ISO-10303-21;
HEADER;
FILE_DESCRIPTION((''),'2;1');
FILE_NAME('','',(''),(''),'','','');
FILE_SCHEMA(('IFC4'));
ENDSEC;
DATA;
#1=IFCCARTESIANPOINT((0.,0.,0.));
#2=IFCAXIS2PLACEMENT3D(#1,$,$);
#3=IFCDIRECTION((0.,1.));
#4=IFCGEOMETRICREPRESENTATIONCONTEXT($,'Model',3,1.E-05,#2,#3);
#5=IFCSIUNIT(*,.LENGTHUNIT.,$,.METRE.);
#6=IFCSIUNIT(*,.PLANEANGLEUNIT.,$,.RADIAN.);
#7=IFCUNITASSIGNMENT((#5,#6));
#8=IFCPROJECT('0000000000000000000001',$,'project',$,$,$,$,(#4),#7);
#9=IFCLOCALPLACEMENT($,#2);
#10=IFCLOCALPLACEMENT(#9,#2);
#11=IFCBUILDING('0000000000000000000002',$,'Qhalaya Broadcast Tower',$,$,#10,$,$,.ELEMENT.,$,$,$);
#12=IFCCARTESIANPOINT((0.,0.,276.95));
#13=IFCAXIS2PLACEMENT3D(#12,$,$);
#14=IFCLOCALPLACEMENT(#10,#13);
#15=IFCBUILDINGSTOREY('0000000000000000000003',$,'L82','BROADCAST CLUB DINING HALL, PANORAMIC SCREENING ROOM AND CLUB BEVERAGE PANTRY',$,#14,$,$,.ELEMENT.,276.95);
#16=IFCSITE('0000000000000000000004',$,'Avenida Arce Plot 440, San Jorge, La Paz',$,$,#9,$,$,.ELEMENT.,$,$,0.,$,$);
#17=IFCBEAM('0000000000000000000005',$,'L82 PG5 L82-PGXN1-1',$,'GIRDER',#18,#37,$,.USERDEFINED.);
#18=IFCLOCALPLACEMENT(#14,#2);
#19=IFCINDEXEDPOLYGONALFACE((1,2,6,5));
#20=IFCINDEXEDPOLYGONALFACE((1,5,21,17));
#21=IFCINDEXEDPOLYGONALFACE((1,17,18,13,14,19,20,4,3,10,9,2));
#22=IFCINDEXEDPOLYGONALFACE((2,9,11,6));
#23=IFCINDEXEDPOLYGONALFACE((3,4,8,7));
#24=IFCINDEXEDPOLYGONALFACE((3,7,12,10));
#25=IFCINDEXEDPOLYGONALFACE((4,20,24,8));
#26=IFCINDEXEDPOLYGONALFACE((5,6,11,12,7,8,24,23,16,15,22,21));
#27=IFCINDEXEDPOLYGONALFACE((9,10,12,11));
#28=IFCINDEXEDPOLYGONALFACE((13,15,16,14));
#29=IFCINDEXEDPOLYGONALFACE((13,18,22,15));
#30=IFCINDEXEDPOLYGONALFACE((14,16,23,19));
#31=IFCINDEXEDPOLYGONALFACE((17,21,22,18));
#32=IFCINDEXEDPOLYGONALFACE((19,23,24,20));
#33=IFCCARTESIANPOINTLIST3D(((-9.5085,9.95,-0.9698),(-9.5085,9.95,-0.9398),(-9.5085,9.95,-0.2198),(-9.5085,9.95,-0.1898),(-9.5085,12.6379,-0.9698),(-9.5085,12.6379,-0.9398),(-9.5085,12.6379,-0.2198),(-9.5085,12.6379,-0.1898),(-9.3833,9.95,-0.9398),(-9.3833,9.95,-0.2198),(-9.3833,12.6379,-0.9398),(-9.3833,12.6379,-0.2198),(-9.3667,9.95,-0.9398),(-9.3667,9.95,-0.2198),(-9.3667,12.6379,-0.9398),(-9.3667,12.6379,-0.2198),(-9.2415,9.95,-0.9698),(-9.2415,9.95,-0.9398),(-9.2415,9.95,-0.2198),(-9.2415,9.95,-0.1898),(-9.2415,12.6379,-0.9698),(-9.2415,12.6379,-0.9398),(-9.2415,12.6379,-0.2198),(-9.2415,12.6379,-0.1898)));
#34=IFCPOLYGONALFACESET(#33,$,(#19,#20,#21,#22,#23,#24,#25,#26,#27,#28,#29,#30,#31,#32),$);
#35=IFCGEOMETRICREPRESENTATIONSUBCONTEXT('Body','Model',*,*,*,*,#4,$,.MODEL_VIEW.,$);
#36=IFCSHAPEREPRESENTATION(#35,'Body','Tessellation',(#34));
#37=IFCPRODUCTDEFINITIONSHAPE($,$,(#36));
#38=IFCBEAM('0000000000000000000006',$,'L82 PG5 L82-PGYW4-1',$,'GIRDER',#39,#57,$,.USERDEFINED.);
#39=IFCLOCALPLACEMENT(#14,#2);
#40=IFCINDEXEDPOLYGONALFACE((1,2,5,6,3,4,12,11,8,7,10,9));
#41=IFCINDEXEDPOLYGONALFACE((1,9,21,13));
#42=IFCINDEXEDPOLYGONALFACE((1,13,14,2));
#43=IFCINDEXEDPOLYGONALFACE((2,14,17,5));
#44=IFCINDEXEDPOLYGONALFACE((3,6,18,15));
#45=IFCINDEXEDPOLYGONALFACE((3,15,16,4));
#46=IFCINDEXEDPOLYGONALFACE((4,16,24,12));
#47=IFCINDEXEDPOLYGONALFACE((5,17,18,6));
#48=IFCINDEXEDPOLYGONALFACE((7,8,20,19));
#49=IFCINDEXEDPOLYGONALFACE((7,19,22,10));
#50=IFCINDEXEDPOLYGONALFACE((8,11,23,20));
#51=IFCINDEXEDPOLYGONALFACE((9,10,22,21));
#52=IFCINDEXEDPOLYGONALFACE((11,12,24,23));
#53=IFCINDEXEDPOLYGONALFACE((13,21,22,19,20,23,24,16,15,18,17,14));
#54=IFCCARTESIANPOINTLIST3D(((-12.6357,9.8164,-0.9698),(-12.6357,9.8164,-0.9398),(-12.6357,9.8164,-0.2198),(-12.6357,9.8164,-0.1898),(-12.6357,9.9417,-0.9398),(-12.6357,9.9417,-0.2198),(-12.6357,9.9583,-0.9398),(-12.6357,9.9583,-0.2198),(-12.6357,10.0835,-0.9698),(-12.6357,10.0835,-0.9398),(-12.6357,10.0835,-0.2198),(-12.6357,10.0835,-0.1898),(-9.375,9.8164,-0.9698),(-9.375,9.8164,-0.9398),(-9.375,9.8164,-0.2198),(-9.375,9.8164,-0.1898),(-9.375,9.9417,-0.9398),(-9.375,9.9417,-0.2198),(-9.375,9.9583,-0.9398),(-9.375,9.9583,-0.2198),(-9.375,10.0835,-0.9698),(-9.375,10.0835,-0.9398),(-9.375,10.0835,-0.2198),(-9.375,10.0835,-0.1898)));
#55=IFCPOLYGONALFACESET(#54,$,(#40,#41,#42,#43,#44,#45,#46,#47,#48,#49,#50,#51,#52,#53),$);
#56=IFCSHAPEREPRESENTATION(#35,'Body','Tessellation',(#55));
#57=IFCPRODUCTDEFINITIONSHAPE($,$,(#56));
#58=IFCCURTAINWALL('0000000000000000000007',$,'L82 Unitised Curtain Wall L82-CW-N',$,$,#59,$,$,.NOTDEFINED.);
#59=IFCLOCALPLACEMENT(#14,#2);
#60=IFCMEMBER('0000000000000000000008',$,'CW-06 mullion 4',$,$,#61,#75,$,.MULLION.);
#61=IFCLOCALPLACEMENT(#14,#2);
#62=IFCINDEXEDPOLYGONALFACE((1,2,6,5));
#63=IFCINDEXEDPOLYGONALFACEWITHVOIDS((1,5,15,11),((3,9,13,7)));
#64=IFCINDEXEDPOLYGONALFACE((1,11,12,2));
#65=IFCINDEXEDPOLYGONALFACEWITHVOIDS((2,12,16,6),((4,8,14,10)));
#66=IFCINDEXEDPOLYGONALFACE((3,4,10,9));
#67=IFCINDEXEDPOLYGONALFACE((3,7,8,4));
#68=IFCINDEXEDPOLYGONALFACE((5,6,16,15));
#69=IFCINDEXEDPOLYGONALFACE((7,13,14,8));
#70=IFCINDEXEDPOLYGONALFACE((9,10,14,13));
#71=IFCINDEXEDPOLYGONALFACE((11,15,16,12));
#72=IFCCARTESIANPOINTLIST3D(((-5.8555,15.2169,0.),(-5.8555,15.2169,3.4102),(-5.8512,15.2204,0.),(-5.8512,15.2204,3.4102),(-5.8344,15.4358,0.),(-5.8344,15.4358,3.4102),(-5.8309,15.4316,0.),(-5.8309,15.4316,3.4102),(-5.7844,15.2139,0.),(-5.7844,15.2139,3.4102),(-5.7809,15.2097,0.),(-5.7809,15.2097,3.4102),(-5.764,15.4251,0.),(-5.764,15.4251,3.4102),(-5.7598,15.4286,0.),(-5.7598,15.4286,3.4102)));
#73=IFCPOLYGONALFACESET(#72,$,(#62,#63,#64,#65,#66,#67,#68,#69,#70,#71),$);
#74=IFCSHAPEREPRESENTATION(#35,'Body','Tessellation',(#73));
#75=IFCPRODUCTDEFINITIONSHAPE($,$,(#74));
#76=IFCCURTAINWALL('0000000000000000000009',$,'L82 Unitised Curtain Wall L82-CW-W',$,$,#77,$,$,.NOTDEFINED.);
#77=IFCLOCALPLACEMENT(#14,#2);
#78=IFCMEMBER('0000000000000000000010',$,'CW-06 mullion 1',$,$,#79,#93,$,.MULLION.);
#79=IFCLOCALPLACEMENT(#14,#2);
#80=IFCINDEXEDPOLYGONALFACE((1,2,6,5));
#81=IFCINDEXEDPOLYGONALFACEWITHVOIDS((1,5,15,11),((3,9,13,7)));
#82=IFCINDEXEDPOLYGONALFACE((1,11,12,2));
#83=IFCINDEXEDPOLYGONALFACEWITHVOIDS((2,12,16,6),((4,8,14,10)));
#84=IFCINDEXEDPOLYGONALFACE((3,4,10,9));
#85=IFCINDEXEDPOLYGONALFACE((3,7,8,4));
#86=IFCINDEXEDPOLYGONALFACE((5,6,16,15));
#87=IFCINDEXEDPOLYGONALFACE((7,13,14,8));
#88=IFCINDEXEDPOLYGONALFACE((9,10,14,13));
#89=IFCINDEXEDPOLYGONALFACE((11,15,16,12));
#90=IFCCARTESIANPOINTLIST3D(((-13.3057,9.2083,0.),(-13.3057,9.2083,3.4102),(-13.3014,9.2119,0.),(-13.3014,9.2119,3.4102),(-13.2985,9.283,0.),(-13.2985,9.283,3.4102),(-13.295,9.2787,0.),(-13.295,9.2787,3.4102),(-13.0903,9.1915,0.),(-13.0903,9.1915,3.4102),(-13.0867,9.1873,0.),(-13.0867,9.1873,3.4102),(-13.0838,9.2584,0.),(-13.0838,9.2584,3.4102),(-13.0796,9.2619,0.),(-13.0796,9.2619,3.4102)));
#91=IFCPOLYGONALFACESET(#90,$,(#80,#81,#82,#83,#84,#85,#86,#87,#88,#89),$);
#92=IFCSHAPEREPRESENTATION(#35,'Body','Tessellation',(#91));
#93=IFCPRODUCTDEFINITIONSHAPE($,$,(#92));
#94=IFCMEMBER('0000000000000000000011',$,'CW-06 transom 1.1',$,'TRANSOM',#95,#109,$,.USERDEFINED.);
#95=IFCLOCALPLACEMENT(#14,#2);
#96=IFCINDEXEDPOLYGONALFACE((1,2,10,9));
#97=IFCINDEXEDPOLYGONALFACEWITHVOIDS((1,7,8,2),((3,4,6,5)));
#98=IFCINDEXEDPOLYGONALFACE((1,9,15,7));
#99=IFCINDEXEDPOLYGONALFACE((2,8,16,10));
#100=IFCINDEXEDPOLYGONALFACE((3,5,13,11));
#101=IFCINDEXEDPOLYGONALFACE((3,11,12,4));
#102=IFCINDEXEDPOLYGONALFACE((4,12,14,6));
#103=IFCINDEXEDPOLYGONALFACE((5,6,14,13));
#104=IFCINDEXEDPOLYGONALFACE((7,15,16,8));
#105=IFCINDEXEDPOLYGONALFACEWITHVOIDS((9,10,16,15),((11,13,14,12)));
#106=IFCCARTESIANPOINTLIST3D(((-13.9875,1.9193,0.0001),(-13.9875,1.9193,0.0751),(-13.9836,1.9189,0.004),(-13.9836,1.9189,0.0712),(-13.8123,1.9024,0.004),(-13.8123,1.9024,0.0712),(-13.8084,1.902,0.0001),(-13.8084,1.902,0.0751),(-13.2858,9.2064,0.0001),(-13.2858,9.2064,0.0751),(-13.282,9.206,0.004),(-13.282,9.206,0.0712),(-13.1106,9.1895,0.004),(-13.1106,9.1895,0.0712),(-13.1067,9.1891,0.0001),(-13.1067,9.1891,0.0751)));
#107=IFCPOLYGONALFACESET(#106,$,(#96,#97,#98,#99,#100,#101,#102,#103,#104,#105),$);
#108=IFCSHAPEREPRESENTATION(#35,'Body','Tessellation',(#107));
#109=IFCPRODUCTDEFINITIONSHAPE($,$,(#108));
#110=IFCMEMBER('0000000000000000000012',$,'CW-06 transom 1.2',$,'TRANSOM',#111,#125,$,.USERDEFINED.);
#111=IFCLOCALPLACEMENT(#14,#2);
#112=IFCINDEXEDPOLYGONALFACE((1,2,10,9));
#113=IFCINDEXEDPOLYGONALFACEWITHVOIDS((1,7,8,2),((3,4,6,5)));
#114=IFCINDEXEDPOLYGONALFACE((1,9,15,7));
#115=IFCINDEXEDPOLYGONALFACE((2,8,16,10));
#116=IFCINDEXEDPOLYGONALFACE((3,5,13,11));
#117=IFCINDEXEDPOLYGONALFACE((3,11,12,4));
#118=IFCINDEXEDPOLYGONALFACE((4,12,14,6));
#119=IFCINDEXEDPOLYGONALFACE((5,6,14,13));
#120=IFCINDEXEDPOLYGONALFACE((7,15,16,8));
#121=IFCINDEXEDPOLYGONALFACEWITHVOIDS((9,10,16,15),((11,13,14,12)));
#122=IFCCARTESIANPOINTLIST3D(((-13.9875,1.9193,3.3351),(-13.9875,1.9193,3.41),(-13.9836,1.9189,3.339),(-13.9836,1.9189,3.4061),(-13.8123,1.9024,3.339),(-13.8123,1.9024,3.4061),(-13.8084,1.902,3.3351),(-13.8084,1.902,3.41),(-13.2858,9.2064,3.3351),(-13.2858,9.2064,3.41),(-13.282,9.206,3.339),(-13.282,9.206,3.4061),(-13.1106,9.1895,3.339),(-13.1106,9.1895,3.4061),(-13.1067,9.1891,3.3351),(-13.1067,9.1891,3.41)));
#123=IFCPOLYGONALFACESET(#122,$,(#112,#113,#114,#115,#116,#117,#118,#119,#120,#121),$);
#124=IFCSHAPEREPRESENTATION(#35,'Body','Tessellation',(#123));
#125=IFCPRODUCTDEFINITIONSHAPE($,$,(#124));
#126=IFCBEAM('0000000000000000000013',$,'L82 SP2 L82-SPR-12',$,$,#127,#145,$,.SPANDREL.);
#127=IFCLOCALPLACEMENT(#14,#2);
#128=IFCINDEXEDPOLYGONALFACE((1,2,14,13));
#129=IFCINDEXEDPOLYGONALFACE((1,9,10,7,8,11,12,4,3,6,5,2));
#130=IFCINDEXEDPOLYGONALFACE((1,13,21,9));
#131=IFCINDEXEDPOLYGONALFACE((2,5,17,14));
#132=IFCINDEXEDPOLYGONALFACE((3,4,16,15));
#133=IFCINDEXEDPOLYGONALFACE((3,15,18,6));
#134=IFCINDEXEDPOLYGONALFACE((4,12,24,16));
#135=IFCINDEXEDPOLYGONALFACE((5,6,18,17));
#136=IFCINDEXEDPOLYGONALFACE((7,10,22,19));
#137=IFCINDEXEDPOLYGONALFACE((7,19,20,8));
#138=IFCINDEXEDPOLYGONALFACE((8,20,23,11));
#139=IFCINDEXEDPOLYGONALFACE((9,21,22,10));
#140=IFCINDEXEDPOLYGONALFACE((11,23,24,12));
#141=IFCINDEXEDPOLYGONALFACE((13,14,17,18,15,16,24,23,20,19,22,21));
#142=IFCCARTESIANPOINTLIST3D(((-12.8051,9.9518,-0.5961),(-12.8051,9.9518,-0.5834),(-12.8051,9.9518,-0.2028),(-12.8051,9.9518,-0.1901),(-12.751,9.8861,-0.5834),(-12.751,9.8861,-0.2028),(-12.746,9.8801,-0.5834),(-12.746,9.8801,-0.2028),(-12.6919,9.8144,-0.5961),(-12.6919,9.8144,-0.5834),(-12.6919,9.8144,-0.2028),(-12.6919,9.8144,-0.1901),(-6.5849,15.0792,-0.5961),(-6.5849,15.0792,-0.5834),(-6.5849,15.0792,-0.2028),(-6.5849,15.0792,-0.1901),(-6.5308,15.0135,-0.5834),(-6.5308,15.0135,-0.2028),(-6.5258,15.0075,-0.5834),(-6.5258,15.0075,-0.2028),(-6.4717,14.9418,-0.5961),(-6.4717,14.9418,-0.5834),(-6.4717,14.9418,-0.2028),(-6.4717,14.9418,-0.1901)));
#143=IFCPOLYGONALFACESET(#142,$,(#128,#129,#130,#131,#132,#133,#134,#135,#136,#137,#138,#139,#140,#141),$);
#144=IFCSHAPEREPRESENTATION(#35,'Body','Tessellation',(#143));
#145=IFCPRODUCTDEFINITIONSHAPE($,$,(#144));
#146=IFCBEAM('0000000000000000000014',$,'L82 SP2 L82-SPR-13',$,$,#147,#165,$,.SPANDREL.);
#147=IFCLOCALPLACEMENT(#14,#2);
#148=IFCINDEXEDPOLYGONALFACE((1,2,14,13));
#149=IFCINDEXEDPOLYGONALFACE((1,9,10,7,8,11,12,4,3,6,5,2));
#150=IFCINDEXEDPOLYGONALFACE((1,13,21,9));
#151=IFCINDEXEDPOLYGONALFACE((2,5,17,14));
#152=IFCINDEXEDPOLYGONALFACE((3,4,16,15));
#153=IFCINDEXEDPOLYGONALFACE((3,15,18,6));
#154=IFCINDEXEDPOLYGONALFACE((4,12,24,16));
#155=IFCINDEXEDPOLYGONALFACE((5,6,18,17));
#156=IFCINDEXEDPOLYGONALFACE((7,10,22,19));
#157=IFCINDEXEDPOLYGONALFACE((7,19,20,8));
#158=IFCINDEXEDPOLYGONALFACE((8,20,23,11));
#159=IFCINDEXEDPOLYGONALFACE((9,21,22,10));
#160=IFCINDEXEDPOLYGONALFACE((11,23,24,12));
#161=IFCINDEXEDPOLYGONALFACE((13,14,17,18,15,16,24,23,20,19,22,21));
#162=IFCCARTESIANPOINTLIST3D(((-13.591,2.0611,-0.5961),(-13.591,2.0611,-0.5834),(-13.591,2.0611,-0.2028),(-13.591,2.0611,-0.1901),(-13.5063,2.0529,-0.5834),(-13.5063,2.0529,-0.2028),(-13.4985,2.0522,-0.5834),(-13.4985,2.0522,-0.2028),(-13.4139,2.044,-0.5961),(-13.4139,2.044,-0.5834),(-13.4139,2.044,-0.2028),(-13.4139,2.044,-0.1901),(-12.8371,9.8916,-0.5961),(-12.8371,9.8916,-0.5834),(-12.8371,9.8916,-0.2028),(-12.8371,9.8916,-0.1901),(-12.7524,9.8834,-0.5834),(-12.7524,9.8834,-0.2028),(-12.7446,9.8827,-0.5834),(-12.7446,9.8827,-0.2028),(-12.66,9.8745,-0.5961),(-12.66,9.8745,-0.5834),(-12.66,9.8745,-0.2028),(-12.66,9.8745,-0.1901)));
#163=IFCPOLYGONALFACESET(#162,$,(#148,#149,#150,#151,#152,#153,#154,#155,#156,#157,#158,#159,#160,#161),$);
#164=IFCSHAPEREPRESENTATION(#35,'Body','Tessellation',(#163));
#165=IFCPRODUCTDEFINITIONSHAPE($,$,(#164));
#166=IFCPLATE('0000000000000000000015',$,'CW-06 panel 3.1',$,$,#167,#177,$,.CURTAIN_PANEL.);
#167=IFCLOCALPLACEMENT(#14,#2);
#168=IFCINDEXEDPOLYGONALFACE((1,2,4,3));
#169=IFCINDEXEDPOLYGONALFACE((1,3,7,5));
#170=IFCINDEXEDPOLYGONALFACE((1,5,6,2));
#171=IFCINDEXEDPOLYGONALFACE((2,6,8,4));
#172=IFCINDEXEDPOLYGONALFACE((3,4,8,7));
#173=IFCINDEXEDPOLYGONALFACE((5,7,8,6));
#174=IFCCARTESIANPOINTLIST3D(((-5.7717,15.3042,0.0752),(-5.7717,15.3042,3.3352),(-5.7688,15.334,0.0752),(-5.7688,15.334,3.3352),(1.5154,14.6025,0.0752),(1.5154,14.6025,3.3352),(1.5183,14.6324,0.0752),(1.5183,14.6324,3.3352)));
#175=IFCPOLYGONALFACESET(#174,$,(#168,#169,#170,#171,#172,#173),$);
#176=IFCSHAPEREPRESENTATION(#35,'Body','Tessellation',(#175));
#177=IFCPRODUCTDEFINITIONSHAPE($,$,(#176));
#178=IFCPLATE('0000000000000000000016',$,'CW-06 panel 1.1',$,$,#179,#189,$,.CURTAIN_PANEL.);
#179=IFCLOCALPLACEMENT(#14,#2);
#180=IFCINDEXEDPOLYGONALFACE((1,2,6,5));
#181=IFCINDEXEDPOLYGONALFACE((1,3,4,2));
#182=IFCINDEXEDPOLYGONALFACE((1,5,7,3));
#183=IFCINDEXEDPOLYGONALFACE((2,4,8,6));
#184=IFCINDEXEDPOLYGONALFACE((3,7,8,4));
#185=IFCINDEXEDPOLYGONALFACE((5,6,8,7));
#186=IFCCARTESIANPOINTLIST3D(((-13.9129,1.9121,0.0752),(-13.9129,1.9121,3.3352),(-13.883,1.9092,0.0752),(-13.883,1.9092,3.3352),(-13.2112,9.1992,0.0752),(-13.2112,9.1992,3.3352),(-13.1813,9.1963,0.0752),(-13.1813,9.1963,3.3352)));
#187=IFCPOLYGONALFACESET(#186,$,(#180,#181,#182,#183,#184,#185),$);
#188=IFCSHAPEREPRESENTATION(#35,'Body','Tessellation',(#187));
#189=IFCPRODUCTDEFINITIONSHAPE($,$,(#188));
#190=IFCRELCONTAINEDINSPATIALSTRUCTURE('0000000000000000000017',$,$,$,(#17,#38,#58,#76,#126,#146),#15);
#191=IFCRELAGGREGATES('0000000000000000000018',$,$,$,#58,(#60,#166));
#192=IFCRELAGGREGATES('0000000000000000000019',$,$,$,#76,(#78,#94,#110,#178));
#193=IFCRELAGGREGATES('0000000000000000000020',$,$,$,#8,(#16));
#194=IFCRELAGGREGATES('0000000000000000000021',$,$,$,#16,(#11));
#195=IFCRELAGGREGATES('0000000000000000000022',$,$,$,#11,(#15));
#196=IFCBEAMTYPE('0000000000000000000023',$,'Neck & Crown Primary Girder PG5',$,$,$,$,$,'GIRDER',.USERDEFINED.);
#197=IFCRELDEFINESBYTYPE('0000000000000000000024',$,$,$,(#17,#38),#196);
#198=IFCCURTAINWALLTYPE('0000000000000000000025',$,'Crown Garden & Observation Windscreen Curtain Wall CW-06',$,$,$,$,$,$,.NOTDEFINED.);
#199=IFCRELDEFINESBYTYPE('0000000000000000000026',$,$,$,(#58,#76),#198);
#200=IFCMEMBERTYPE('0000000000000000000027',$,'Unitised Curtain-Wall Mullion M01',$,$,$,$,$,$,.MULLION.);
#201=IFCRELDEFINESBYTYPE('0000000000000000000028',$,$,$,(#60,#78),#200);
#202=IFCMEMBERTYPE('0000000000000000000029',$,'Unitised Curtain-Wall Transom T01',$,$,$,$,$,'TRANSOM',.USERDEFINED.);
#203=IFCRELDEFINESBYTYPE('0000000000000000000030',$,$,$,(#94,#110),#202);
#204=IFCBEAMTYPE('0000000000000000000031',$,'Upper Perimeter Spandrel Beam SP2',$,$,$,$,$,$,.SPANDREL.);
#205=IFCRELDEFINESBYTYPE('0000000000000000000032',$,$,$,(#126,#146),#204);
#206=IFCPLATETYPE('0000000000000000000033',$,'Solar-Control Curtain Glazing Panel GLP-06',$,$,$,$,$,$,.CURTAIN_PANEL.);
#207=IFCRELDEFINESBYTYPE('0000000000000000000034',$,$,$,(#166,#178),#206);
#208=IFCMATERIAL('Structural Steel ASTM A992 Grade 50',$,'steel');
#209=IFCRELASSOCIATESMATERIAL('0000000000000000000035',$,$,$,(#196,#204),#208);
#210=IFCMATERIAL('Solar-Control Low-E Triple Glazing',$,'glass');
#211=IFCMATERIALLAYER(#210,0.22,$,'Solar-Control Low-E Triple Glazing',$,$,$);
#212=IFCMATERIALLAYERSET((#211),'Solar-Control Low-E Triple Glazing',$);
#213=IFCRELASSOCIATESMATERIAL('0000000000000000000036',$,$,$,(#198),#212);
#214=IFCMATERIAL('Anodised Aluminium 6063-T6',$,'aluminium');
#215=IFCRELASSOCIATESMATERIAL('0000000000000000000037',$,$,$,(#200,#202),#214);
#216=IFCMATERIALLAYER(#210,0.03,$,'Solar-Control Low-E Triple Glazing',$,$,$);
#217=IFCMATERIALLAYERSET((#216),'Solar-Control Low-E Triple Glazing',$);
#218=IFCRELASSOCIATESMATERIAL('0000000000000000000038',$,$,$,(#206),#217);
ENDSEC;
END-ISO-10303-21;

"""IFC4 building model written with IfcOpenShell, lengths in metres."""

from ifc_helpers import new_model, si_unit, direction, frame, origin, origin_2d, place, context, subcontext, project, spatial, rectangle, hollow_rectangle, i_section, extrude, material, layer, layer_set, material_profile, profile_set, type_object, element, aggregate, save


model = new_model("IFC4")

# Units and contexts
model_context = context("Model", 3, precision=1e-05, world=origin(), true_north=direction((0.0, 1.0)))
body_context = subcontext(model_context, "Body", "Model", "MODEL_VIEW")
ifc_project = project(units=[si_unit("LENGTHUNIT", "METRE"), si_unit("PLANEANGLEUNIT", "RADIAN")], contexts=[model_context])

# Site, building, storey
site_placement = place(None, origin())
site = spatial("IfcSite", under=ifc_project, at=site_placement, Name="Avenida Arce Plot 440, San Jorge, La Paz", CompositionType="ELEMENT", RefElevation=0.0)
building_placement = place(site_placement, origin())
building = spatial("IfcBuilding", under=site, at=building_placement, Name="Qhalaya Broadcast Tower", CompositionType="ELEMENT")
storey_placement = place(building_placement, frame((0.0, 0.0, 276.95)))
storey = spatial("IfcBuildingStorey", under=building, at=storey_placement, Name="L82", Description="BROADCAST CLUB DINING HALL, PANORAMIC SCREENING ROOM AND CLUB BEVERAGE PANTRY", CompositionType="ELEMENT", Elevation=276.95)

# Shared definitions
ifc_material_1 = material(Name="Structural Steel ASTM A992 Grade 50", Category="steel")

# Beams
ifc_material_profile_1 = material_profile(ifc_material_1, i_section(OverallWidth=0.2671, OverallDepth=0.78, WebThickness=0.0166, FlangeThickness=0.03, at=origin_2d()), Name="W30X148")
ifc_profile_set_1 = profile_set([ifc_material_profile_1], Name="Structural Steel ASTM A992 Grade 50")
beam_type_1 = type_object("IfcBeamType", Name="Neck & Crown Primary Girder PG5", ElementType="GIRDER", PredefinedType="USERDEFINED", material=ifc_profile_set_1)
beam_1_placement = place(storey_placement, frame((-9.375, 9.95, -0.5798), z_axis=(0.0, 1.0, 0.0), x_axis=(-1.0, 0.0, 0.0)))
element("IfcBeam", 1, at=beam_1_placement, inside=storey, type_object=beam_type_1, Name="L82 PG5 L82-PGXN1-1", ObjectType="GIRDER", PredefinedType="USERDEFINED", context=body_context, shape_type="SweptSolid", body=[
    extrude(i_section(OverallWidth=0.2671, OverallDepth=0.78, WebThickness=0.0166, FlangeThickness=0.03, at=origin_2d()), origin(), (0.0, 0.0, 1.0), 2.688),
])
beam_2_placement = place(storey_placement, frame((-12.6357, 9.95, -0.5798), z_axis=(1.0, 0.0, 0.0), x_axis=(0.0, 1.0, 0.0)))
element("IfcBeam", 2, at=beam_2_placement, inside=storey, type_object=beam_type_1, Name="L82 PG5 L82-PGYW4-1", ObjectType="GIRDER", PredefinedType="USERDEFINED", context=body_context, shape_type="SweptSolid", body=[
    extrude(i_section(OverallWidth=0.2671, OverallDepth=0.78, WebThickness=0.0166, FlangeThickness=0.03, at=origin_2d()), origin(), (0.0, 0.0, 1.0), 3.2607),
])

# Curtain wall, member
ifc_material_2 = material(Name="Solar-Control Low-E Triple Glazing", Category="glass")
ifc_layer_1 = layer(ifc_material_2, 0.22, Name="Solar-Control Low-E Triple Glazing")
ifc_layer_set_1 = layer_set([ifc_layer_1], Name="Solar-Control Low-E Triple Glazing")
curtain_wall_type = type_object("IfcCurtainWallType", Name="Crown Garden & Observation Windscreen Curtain Wall CW-06", PredefinedType="NOTDEFINED", material=ifc_layer_set_1)
curtain_wall_1_placement = place(storey_placement, origin())
curtain_wall_1 = element("IfcCurtainWall", 3, at=curtain_wall_1_placement, inside=storey, type_object=curtain_wall_type, Name="L82 Unitised Curtain Wall L82-CW-N", PredefinedType="NOTDEFINED")
ifc_material_3 = material(Name="Anodised Aluminium 6063-T6", Category="aluminium")
ifc_material_profile_2 = material_profile(ifc_material_3, hollow_rectangle(XDim=0.075, YDim=0.22, WallThickness=0.0039, at=origin_2d()), Name="ALU-MUL 75x220x4")
ifc_profile_set_2 = profile_set([ifc_material_profile_2], Name="Anodised Aluminium 6063-T6")
member_type_1 = type_object("IfcMemberType", Name="Unitised Curtain-Wall Mullion M01", PredefinedType="MULLION", material=ifc_profile_set_2)
member_1_placement = place(storey_placement, frame((-5.8076, 15.3228, 0.0), z_axis=(0.0, 0.0, 1.0), x_axis=(-0.995396, 0.095848, 0.0)))
member_1 = element("IfcMember", 4, at=member_1_placement, type_object=member_type_1, Name="CW-06 mullion 4", PredefinedType="MULLION", context=body_context, shape_type="SweptSolid", body=[
    extrude(hollow_rectangle(XDim=0.075, YDim=0.22, WallThickness=0.0039, at=origin_2d()), origin(), (0.0, 0.0, 1.0), 3.4102),
])

# Curtain wall, members
curtain_wall_2_placement = place(storey_placement, origin())
curtain_wall_2 = element("IfcCurtainWall", 5, at=curtain_wall_2_placement, inside=storey, type_object=curtain_wall_type, Name="L82 Unitised Curtain Wall L82-CW-W", PredefinedType="NOTDEFINED")
member_2_placement = place(storey_placement, frame((-13.1926, 9.2351, 0.0), z_axis=(0.0, 0.0, 1.0), x_axis=(-0.095848, -0.995396, 0.0)))
member_2 = element("IfcMember", 6, at=member_2_placement, type_object=member_type_1, Name="CW-06 mullion 1", PredefinedType="MULLION", context=body_context, shape_type="SweptSolid", body=[
    extrude(hollow_rectangle(XDim=0.075, YDim=0.22, WallThickness=0.0039, at=origin_2d()), origin(), (0.0, 0.0, 1.0), 3.4102),
])
ifc_material_profile_3 = material_profile(ifc_material_3, hollow_rectangle(XDim=0.075, YDim=0.1799, WallThickness=0.0039, at=origin_2d()), Name="ALU-TRN 75x180x4")
ifc_profile_set_3 = profile_set([ifc_material_profile_3], Name="Anodised Aluminium 6063-T6")
member_type_2 = type_object("IfcMemberType", Name="Unitised Curtain-Wall Transom T01", ElementType="TRANSOM", PredefinedType="USERDEFINED", material=ifc_profile_set_3)
member_3_placement = place(storey_placement, frame((-13.1963, 9.1978, 0.0376), z_axis=(-0.095845, -0.995396, 0.0), x_axis=(0.0, 0.0, 1.0)))
member_3 = element("IfcMember", 7, at=member_3_placement, type_object=member_type_2, Name="CW-06 transom 1.1", ObjectType="TRANSOM", PredefinedType="USERDEFINED", context=body_context, shape_type="SweptSolid", body=[
    extrude(hollow_rectangle(XDim=0.075, YDim=0.1799, WallThickness=0.0039, at=origin_2d()), origin(), (0.0, 0.0, 1.0), 7.3208),
])
member_4_placement = place(storey_placement, frame((-13.1963, 9.1978, 3.3726), z_axis=(-0.095845, -0.995396, 0.0), x_axis=(0.0, 0.0, 1.0)))
member_4 = element("IfcMember", 8, at=member_4_placement, type_object=member_type_2, Name="CW-06 transom 1.2", ObjectType="TRANSOM", PredefinedType="USERDEFINED", context=body_context, shape_type="SweptSolid", body=[
    extrude(hollow_rectangle(XDim=0.075, YDim=0.1799, WallThickness=0.0039, at=origin_2d()), origin(), (0.0, 0.0, 1.0), 7.3208),
])

# Beams
ifc_material_profile_4 = material_profile(ifc_material_1, i_section(OverallWidth=0.178, OverallDepth=0.406, WebThickness=0.0078, FlangeThickness=0.0127, at=origin_2d()), Name="W16X40")
ifc_profile_set_4 = profile_set([ifc_material_profile_4], Name="Structural Steel ASTM A992 Grade 50")
beam_type_2 = type_object("IfcBeamType", Name="Upper Perimeter Spandrel Beam SP2", PredefinedType="SPANDREL", material=ifc_profile_set_4)
beam_3_placement = place(storey_placement, frame((-6.5283, 15.0105, -0.3931), z_axis=(-0.771631, -0.63607, 0.0), x_axis=(0.63607, -0.771631, 0.0)))
element("IfcBeam", 9, at=beam_3_placement, inside=storey, type_object=beam_type_2, Name="L82 SP2 L82-SPR-12", PredefinedType="SPANDREL", context=body_context, shape_type="SweptSolid", body=[
    extrude(i_section(OverallWidth=0.178, OverallDepth=0.406, WebThickness=0.0078, FlangeThickness=0.0127, at=origin_2d()), origin(), (0.0, 0.0, 1.0), 8.061),
])
beam_4_placement = place(storey_placement, frame((-12.7485, 9.8831, -0.3931), z_axis=(-0.095834, -0.995397, 0.0), x_axis=(0.995397, -0.095834, 0.0)))
element("IfcBeam", 10, at=beam_4_placement, inside=storey, type_object=beam_type_2, Name="L82 SP2 L82-SPR-13", PredefinedType="SPANDREL", context=body_context, shape_type="SweptSolid", body=[
    extrude(i_section(OverallWidth=0.178, OverallDepth=0.406, WebThickness=0.0078, FlangeThickness=0.0127, at=origin_2d()), origin(), (0.0, 0.0, 1.0), 7.8667),
])

# Plates
ifc_layer_2 = layer(ifc_material_2, 0.03, Name="Solar-Control Low-E Triple Glazing")
ifc_layer_set_2 = layer_set([ifc_layer_2], Name="Solar-Control Low-E Triple Glazing")
plate_type = type_object("IfcPlateType", Name="Solar-Control Curtain Glazing Panel GLP-06", PredefinedType="CURTAIN_PANEL", material=ifc_layer_set_2)
plate_1_placement = place(storey_placement, frame((-2.1267, 14.9683, 0.0752), z_axis=(0.0, 0.0, 1.0), x_axis=(-0.995396, 0.095848, 0.0)))
plate_1 = element("IfcPlate", 11, at=plate_1_placement, type_object=plate_type, Name="CW-06 panel 3.1", PredefinedType="CURTAIN_PANEL", context=body_context, shape_type="SweptSolid", body=[
    extrude(rectangle(XDim=7.3208, YDim=0.03, at=origin_2d()), origin(), (0.0, 0.0, 1.0), 3.26),
])
aggregate(curtain_wall_1, [member_1, plate_1])
plate_2_placement = place(storey_placement, frame((-13.5471, 5.5542, 0.0752), z_axis=(0.0, 0.0, 1.0), x_axis=(-0.095848, -0.995396, 0.0)))
plate_2 = element("IfcPlate", 12, at=plate_2_placement, type_object=plate_type, Name="CW-06 panel 1.1", PredefinedType="CURTAIN_PANEL", context=body_context, shape_type="SweptSolid", body=[
    extrude(rectangle(XDim=7.3208, YDim=0.03, at=origin_2d()), origin(), (0.0, 0.0, 1.0), 3.26),
])
aggregate(curtain_wall_2, [member_2, member_3, member_4, plate_2])

save(model, "model.ifc")
